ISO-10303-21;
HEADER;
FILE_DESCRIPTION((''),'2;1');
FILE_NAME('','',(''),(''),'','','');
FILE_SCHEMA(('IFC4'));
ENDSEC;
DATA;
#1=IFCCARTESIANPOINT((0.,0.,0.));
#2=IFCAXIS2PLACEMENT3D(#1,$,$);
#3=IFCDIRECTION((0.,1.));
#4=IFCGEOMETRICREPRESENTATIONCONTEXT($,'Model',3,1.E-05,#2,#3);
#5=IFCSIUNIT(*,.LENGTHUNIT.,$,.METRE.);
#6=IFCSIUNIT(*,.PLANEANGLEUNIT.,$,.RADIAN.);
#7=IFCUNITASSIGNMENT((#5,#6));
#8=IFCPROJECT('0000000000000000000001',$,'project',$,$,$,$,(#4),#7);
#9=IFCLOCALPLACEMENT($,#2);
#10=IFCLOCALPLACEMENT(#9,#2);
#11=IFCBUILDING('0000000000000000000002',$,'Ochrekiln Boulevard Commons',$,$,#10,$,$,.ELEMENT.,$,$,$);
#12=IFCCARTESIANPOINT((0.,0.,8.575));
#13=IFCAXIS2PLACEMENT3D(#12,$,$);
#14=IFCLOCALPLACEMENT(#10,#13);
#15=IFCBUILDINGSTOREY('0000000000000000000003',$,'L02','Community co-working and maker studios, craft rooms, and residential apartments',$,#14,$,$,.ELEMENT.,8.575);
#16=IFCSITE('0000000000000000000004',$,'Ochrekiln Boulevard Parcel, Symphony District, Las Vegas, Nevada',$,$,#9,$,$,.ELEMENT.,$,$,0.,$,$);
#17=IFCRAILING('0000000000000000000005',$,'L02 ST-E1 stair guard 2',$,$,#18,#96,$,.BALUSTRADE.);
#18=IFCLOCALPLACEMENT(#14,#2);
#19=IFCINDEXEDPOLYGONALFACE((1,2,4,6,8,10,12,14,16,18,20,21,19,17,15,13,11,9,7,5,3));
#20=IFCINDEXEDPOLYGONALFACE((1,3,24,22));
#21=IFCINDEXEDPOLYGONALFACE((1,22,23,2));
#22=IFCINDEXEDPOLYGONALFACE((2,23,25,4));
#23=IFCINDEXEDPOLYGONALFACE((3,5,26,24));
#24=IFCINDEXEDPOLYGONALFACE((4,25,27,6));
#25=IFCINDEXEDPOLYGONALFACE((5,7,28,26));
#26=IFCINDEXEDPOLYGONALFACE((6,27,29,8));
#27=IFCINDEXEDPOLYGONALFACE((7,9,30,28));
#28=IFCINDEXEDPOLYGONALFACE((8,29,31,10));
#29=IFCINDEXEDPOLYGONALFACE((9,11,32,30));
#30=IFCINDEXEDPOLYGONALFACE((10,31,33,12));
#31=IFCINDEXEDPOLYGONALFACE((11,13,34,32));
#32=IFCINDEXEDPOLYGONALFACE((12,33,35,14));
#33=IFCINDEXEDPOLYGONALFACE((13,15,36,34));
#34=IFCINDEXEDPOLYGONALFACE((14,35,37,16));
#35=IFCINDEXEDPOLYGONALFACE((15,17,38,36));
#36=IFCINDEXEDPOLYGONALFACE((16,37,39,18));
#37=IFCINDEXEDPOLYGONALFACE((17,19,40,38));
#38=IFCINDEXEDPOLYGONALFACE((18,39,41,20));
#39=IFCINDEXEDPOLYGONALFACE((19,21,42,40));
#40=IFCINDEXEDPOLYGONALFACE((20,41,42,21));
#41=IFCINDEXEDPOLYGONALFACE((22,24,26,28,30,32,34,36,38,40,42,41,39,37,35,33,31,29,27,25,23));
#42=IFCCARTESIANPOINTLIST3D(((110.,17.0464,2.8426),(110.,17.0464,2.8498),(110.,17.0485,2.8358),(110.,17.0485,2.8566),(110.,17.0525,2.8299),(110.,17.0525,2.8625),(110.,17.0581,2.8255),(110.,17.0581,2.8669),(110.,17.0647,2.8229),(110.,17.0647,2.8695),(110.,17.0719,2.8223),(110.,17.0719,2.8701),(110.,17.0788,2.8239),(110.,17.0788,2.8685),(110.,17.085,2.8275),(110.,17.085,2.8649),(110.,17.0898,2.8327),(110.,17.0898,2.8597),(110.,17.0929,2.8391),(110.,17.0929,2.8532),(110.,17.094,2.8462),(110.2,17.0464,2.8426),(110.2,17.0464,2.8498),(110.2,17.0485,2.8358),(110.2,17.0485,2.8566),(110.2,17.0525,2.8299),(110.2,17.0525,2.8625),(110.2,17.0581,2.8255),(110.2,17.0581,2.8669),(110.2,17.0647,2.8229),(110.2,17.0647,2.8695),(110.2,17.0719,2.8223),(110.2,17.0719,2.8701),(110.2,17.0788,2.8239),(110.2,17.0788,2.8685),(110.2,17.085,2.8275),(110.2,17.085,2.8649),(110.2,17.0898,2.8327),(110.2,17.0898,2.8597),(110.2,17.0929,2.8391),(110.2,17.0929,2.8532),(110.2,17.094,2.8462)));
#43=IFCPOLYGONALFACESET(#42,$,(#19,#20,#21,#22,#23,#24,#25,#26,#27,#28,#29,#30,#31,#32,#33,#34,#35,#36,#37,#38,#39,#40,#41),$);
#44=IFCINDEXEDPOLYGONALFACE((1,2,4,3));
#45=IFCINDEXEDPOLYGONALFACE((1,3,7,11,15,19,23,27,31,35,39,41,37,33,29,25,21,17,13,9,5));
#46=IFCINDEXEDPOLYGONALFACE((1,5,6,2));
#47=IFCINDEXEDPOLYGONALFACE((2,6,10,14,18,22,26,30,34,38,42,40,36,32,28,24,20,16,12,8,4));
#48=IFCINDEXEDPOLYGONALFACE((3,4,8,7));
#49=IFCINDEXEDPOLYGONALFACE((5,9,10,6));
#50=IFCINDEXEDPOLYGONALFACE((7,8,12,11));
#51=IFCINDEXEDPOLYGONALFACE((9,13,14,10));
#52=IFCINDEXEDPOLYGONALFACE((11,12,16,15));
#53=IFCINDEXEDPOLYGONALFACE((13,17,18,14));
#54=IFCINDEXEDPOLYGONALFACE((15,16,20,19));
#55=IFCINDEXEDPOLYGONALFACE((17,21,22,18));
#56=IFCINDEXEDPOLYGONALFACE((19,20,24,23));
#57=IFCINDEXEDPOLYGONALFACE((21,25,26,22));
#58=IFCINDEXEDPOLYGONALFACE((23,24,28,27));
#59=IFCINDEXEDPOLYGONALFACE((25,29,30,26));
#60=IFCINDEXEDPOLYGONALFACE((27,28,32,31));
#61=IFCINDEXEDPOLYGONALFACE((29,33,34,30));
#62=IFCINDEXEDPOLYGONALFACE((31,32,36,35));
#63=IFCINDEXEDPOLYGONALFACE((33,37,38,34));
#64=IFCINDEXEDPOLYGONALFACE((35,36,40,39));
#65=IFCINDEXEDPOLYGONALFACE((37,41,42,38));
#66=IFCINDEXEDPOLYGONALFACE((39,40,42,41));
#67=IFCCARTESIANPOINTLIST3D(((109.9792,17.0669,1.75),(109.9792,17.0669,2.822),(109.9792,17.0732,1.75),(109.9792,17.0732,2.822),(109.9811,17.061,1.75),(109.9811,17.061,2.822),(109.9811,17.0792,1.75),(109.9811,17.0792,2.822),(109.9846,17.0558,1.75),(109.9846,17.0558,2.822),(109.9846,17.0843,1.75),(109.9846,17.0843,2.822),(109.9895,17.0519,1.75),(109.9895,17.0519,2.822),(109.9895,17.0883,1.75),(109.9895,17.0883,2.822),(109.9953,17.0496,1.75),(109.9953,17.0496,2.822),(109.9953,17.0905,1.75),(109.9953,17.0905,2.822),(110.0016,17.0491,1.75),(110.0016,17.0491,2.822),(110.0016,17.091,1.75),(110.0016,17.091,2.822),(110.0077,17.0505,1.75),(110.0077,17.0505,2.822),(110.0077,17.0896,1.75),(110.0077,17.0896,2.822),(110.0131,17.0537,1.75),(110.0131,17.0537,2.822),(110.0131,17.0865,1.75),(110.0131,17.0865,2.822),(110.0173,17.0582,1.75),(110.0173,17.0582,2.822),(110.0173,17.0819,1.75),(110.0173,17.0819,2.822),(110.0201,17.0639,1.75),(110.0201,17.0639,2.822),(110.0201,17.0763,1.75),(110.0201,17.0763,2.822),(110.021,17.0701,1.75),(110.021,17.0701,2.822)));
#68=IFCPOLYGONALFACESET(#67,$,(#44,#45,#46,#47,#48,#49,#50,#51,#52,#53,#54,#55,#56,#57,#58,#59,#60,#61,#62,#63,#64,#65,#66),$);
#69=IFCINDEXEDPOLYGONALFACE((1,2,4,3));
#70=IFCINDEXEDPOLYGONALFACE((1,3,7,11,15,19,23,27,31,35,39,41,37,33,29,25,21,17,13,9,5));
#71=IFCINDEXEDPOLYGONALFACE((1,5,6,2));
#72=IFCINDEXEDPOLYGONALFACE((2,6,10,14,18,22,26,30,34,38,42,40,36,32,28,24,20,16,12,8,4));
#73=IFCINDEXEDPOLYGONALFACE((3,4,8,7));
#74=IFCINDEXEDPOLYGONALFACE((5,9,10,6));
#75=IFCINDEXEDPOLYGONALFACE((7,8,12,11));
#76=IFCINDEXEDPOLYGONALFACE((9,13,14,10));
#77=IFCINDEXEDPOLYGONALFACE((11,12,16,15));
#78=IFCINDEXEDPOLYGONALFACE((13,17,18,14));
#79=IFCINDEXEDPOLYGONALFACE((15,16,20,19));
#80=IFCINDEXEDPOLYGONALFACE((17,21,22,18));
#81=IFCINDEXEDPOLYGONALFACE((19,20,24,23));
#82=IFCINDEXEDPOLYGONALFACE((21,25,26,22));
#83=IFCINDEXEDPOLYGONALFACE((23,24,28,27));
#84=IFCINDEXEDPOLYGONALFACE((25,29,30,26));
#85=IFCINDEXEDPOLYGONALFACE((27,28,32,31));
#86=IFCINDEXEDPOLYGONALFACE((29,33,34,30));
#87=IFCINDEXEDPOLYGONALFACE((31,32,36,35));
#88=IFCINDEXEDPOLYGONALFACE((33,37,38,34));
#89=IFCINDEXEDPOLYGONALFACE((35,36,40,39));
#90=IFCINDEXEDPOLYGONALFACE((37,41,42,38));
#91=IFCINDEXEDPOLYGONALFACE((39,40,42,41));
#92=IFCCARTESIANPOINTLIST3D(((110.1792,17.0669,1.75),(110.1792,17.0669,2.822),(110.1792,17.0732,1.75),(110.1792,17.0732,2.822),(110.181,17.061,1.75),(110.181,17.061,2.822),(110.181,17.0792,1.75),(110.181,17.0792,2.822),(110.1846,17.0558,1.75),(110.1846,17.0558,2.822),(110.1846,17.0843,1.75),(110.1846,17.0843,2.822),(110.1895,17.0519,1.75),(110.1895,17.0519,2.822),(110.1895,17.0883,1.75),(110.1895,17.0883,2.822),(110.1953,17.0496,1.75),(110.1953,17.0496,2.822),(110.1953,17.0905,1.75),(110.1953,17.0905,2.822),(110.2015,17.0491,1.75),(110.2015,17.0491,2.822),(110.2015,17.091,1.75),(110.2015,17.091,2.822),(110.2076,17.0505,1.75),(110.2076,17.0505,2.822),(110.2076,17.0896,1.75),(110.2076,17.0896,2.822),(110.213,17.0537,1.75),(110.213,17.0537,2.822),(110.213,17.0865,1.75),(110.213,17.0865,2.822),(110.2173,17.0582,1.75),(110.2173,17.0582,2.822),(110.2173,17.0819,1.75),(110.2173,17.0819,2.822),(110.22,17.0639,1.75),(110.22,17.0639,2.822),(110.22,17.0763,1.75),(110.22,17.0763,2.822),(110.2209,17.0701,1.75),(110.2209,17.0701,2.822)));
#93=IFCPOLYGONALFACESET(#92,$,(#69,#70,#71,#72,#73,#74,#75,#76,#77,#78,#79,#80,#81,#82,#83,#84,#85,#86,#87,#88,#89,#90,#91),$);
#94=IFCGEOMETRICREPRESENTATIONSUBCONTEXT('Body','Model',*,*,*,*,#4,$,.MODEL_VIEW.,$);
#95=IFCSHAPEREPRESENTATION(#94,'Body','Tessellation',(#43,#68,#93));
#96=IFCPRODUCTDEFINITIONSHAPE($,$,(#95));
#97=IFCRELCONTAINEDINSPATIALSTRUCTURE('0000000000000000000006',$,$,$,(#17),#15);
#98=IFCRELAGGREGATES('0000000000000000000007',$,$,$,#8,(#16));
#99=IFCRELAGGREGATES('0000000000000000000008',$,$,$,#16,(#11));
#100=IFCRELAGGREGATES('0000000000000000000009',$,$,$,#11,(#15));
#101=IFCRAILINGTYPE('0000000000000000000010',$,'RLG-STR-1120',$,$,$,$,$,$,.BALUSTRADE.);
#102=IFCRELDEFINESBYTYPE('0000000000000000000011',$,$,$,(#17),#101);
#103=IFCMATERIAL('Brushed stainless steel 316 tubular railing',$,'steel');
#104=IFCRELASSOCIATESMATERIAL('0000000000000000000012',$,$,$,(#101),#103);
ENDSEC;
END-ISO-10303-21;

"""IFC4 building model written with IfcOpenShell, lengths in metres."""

from ifc_helpers import new_model, si_unit, direction, frame, origin, origin_2d, place, context, subcontext, project, spatial, circle, extrude, material, type_object, element, save


model = new_model("IFC4")

# Units and contexts
model_context = context("Model", 3, precision=1e-05, world=origin(), true_north=direction((0.0, 1.0)))
body_context = subcontext(model_context, "Body", "Model", "MODEL_VIEW")
ifc_project = project(units=[si_unit("LENGTHUNIT", "METRE"), si_unit("PLANEANGLEUNIT", "RADIAN")], contexts=[model_context])

# Site, building, storey
site_placement = place(None, origin())
site = spatial("IfcSite", under=ifc_project, at=site_placement, Name="Ochrekiln Boulevard Parcel, Symphony District, Las Vegas, Nevada", CompositionType="ELEMENT", RefElevation=0.0)
building_placement = place(site_placement, origin())
building = spatial("IfcBuilding", under=site, at=building_placement, Name="Ochrekiln Boulevard Commons", CompositionType="ELEMENT")
storey_placement = place(building_placement, frame((0.0, 0.0, 8.575)))
storey = spatial("IfcBuildingStorey", under=building, at=storey_placement, Name="L02", Description="Community co-working and maker studios, craft rooms, and residential apartments", CompositionType="ELEMENT", Elevation=8.575)

# Railing
ifc_material_1 = material(Name="Brushed stainless steel 316 tubular railing", Category="steel")
railing_type_1 = type_object("IfcRailingType", Name="RLG-STR-1120", PredefinedType="BALUSTRADE", material=ifc_material_1)
railing_1_placement = place(storey_placement, frame((110.0, 17.0701, 1.75)))
element("IfcRailing", 1, at=railing_1_placement, inside=storey, type_object=railing_type_1, Name="L02 ST-E1 stair guard 2", PredefinedType="BALUSTRADE", context=body_context, shape_type="SweptSolid", body=[
    extrude(circle(Radius=0.0239, at=origin_2d()), frame((0.0, 0.0, 1.0962), z_axis=(1.0, 0.0, 0.0), x_axis=(0.0, 1.0, 0.0)), (0.0, 0.0, 1.0), 0.2),
    extrude(circle(Radius=0.021, at=origin_2d()), origin(), (0.0, 0.0, 1.0), 1.072),
    extrude(circle(Radius=0.021, at=origin_2d()), frame((0.2, 0.0, 0.0)), (0.0, 0.0, 1.0), 1.072),
])

save(model, "model.ifc")
